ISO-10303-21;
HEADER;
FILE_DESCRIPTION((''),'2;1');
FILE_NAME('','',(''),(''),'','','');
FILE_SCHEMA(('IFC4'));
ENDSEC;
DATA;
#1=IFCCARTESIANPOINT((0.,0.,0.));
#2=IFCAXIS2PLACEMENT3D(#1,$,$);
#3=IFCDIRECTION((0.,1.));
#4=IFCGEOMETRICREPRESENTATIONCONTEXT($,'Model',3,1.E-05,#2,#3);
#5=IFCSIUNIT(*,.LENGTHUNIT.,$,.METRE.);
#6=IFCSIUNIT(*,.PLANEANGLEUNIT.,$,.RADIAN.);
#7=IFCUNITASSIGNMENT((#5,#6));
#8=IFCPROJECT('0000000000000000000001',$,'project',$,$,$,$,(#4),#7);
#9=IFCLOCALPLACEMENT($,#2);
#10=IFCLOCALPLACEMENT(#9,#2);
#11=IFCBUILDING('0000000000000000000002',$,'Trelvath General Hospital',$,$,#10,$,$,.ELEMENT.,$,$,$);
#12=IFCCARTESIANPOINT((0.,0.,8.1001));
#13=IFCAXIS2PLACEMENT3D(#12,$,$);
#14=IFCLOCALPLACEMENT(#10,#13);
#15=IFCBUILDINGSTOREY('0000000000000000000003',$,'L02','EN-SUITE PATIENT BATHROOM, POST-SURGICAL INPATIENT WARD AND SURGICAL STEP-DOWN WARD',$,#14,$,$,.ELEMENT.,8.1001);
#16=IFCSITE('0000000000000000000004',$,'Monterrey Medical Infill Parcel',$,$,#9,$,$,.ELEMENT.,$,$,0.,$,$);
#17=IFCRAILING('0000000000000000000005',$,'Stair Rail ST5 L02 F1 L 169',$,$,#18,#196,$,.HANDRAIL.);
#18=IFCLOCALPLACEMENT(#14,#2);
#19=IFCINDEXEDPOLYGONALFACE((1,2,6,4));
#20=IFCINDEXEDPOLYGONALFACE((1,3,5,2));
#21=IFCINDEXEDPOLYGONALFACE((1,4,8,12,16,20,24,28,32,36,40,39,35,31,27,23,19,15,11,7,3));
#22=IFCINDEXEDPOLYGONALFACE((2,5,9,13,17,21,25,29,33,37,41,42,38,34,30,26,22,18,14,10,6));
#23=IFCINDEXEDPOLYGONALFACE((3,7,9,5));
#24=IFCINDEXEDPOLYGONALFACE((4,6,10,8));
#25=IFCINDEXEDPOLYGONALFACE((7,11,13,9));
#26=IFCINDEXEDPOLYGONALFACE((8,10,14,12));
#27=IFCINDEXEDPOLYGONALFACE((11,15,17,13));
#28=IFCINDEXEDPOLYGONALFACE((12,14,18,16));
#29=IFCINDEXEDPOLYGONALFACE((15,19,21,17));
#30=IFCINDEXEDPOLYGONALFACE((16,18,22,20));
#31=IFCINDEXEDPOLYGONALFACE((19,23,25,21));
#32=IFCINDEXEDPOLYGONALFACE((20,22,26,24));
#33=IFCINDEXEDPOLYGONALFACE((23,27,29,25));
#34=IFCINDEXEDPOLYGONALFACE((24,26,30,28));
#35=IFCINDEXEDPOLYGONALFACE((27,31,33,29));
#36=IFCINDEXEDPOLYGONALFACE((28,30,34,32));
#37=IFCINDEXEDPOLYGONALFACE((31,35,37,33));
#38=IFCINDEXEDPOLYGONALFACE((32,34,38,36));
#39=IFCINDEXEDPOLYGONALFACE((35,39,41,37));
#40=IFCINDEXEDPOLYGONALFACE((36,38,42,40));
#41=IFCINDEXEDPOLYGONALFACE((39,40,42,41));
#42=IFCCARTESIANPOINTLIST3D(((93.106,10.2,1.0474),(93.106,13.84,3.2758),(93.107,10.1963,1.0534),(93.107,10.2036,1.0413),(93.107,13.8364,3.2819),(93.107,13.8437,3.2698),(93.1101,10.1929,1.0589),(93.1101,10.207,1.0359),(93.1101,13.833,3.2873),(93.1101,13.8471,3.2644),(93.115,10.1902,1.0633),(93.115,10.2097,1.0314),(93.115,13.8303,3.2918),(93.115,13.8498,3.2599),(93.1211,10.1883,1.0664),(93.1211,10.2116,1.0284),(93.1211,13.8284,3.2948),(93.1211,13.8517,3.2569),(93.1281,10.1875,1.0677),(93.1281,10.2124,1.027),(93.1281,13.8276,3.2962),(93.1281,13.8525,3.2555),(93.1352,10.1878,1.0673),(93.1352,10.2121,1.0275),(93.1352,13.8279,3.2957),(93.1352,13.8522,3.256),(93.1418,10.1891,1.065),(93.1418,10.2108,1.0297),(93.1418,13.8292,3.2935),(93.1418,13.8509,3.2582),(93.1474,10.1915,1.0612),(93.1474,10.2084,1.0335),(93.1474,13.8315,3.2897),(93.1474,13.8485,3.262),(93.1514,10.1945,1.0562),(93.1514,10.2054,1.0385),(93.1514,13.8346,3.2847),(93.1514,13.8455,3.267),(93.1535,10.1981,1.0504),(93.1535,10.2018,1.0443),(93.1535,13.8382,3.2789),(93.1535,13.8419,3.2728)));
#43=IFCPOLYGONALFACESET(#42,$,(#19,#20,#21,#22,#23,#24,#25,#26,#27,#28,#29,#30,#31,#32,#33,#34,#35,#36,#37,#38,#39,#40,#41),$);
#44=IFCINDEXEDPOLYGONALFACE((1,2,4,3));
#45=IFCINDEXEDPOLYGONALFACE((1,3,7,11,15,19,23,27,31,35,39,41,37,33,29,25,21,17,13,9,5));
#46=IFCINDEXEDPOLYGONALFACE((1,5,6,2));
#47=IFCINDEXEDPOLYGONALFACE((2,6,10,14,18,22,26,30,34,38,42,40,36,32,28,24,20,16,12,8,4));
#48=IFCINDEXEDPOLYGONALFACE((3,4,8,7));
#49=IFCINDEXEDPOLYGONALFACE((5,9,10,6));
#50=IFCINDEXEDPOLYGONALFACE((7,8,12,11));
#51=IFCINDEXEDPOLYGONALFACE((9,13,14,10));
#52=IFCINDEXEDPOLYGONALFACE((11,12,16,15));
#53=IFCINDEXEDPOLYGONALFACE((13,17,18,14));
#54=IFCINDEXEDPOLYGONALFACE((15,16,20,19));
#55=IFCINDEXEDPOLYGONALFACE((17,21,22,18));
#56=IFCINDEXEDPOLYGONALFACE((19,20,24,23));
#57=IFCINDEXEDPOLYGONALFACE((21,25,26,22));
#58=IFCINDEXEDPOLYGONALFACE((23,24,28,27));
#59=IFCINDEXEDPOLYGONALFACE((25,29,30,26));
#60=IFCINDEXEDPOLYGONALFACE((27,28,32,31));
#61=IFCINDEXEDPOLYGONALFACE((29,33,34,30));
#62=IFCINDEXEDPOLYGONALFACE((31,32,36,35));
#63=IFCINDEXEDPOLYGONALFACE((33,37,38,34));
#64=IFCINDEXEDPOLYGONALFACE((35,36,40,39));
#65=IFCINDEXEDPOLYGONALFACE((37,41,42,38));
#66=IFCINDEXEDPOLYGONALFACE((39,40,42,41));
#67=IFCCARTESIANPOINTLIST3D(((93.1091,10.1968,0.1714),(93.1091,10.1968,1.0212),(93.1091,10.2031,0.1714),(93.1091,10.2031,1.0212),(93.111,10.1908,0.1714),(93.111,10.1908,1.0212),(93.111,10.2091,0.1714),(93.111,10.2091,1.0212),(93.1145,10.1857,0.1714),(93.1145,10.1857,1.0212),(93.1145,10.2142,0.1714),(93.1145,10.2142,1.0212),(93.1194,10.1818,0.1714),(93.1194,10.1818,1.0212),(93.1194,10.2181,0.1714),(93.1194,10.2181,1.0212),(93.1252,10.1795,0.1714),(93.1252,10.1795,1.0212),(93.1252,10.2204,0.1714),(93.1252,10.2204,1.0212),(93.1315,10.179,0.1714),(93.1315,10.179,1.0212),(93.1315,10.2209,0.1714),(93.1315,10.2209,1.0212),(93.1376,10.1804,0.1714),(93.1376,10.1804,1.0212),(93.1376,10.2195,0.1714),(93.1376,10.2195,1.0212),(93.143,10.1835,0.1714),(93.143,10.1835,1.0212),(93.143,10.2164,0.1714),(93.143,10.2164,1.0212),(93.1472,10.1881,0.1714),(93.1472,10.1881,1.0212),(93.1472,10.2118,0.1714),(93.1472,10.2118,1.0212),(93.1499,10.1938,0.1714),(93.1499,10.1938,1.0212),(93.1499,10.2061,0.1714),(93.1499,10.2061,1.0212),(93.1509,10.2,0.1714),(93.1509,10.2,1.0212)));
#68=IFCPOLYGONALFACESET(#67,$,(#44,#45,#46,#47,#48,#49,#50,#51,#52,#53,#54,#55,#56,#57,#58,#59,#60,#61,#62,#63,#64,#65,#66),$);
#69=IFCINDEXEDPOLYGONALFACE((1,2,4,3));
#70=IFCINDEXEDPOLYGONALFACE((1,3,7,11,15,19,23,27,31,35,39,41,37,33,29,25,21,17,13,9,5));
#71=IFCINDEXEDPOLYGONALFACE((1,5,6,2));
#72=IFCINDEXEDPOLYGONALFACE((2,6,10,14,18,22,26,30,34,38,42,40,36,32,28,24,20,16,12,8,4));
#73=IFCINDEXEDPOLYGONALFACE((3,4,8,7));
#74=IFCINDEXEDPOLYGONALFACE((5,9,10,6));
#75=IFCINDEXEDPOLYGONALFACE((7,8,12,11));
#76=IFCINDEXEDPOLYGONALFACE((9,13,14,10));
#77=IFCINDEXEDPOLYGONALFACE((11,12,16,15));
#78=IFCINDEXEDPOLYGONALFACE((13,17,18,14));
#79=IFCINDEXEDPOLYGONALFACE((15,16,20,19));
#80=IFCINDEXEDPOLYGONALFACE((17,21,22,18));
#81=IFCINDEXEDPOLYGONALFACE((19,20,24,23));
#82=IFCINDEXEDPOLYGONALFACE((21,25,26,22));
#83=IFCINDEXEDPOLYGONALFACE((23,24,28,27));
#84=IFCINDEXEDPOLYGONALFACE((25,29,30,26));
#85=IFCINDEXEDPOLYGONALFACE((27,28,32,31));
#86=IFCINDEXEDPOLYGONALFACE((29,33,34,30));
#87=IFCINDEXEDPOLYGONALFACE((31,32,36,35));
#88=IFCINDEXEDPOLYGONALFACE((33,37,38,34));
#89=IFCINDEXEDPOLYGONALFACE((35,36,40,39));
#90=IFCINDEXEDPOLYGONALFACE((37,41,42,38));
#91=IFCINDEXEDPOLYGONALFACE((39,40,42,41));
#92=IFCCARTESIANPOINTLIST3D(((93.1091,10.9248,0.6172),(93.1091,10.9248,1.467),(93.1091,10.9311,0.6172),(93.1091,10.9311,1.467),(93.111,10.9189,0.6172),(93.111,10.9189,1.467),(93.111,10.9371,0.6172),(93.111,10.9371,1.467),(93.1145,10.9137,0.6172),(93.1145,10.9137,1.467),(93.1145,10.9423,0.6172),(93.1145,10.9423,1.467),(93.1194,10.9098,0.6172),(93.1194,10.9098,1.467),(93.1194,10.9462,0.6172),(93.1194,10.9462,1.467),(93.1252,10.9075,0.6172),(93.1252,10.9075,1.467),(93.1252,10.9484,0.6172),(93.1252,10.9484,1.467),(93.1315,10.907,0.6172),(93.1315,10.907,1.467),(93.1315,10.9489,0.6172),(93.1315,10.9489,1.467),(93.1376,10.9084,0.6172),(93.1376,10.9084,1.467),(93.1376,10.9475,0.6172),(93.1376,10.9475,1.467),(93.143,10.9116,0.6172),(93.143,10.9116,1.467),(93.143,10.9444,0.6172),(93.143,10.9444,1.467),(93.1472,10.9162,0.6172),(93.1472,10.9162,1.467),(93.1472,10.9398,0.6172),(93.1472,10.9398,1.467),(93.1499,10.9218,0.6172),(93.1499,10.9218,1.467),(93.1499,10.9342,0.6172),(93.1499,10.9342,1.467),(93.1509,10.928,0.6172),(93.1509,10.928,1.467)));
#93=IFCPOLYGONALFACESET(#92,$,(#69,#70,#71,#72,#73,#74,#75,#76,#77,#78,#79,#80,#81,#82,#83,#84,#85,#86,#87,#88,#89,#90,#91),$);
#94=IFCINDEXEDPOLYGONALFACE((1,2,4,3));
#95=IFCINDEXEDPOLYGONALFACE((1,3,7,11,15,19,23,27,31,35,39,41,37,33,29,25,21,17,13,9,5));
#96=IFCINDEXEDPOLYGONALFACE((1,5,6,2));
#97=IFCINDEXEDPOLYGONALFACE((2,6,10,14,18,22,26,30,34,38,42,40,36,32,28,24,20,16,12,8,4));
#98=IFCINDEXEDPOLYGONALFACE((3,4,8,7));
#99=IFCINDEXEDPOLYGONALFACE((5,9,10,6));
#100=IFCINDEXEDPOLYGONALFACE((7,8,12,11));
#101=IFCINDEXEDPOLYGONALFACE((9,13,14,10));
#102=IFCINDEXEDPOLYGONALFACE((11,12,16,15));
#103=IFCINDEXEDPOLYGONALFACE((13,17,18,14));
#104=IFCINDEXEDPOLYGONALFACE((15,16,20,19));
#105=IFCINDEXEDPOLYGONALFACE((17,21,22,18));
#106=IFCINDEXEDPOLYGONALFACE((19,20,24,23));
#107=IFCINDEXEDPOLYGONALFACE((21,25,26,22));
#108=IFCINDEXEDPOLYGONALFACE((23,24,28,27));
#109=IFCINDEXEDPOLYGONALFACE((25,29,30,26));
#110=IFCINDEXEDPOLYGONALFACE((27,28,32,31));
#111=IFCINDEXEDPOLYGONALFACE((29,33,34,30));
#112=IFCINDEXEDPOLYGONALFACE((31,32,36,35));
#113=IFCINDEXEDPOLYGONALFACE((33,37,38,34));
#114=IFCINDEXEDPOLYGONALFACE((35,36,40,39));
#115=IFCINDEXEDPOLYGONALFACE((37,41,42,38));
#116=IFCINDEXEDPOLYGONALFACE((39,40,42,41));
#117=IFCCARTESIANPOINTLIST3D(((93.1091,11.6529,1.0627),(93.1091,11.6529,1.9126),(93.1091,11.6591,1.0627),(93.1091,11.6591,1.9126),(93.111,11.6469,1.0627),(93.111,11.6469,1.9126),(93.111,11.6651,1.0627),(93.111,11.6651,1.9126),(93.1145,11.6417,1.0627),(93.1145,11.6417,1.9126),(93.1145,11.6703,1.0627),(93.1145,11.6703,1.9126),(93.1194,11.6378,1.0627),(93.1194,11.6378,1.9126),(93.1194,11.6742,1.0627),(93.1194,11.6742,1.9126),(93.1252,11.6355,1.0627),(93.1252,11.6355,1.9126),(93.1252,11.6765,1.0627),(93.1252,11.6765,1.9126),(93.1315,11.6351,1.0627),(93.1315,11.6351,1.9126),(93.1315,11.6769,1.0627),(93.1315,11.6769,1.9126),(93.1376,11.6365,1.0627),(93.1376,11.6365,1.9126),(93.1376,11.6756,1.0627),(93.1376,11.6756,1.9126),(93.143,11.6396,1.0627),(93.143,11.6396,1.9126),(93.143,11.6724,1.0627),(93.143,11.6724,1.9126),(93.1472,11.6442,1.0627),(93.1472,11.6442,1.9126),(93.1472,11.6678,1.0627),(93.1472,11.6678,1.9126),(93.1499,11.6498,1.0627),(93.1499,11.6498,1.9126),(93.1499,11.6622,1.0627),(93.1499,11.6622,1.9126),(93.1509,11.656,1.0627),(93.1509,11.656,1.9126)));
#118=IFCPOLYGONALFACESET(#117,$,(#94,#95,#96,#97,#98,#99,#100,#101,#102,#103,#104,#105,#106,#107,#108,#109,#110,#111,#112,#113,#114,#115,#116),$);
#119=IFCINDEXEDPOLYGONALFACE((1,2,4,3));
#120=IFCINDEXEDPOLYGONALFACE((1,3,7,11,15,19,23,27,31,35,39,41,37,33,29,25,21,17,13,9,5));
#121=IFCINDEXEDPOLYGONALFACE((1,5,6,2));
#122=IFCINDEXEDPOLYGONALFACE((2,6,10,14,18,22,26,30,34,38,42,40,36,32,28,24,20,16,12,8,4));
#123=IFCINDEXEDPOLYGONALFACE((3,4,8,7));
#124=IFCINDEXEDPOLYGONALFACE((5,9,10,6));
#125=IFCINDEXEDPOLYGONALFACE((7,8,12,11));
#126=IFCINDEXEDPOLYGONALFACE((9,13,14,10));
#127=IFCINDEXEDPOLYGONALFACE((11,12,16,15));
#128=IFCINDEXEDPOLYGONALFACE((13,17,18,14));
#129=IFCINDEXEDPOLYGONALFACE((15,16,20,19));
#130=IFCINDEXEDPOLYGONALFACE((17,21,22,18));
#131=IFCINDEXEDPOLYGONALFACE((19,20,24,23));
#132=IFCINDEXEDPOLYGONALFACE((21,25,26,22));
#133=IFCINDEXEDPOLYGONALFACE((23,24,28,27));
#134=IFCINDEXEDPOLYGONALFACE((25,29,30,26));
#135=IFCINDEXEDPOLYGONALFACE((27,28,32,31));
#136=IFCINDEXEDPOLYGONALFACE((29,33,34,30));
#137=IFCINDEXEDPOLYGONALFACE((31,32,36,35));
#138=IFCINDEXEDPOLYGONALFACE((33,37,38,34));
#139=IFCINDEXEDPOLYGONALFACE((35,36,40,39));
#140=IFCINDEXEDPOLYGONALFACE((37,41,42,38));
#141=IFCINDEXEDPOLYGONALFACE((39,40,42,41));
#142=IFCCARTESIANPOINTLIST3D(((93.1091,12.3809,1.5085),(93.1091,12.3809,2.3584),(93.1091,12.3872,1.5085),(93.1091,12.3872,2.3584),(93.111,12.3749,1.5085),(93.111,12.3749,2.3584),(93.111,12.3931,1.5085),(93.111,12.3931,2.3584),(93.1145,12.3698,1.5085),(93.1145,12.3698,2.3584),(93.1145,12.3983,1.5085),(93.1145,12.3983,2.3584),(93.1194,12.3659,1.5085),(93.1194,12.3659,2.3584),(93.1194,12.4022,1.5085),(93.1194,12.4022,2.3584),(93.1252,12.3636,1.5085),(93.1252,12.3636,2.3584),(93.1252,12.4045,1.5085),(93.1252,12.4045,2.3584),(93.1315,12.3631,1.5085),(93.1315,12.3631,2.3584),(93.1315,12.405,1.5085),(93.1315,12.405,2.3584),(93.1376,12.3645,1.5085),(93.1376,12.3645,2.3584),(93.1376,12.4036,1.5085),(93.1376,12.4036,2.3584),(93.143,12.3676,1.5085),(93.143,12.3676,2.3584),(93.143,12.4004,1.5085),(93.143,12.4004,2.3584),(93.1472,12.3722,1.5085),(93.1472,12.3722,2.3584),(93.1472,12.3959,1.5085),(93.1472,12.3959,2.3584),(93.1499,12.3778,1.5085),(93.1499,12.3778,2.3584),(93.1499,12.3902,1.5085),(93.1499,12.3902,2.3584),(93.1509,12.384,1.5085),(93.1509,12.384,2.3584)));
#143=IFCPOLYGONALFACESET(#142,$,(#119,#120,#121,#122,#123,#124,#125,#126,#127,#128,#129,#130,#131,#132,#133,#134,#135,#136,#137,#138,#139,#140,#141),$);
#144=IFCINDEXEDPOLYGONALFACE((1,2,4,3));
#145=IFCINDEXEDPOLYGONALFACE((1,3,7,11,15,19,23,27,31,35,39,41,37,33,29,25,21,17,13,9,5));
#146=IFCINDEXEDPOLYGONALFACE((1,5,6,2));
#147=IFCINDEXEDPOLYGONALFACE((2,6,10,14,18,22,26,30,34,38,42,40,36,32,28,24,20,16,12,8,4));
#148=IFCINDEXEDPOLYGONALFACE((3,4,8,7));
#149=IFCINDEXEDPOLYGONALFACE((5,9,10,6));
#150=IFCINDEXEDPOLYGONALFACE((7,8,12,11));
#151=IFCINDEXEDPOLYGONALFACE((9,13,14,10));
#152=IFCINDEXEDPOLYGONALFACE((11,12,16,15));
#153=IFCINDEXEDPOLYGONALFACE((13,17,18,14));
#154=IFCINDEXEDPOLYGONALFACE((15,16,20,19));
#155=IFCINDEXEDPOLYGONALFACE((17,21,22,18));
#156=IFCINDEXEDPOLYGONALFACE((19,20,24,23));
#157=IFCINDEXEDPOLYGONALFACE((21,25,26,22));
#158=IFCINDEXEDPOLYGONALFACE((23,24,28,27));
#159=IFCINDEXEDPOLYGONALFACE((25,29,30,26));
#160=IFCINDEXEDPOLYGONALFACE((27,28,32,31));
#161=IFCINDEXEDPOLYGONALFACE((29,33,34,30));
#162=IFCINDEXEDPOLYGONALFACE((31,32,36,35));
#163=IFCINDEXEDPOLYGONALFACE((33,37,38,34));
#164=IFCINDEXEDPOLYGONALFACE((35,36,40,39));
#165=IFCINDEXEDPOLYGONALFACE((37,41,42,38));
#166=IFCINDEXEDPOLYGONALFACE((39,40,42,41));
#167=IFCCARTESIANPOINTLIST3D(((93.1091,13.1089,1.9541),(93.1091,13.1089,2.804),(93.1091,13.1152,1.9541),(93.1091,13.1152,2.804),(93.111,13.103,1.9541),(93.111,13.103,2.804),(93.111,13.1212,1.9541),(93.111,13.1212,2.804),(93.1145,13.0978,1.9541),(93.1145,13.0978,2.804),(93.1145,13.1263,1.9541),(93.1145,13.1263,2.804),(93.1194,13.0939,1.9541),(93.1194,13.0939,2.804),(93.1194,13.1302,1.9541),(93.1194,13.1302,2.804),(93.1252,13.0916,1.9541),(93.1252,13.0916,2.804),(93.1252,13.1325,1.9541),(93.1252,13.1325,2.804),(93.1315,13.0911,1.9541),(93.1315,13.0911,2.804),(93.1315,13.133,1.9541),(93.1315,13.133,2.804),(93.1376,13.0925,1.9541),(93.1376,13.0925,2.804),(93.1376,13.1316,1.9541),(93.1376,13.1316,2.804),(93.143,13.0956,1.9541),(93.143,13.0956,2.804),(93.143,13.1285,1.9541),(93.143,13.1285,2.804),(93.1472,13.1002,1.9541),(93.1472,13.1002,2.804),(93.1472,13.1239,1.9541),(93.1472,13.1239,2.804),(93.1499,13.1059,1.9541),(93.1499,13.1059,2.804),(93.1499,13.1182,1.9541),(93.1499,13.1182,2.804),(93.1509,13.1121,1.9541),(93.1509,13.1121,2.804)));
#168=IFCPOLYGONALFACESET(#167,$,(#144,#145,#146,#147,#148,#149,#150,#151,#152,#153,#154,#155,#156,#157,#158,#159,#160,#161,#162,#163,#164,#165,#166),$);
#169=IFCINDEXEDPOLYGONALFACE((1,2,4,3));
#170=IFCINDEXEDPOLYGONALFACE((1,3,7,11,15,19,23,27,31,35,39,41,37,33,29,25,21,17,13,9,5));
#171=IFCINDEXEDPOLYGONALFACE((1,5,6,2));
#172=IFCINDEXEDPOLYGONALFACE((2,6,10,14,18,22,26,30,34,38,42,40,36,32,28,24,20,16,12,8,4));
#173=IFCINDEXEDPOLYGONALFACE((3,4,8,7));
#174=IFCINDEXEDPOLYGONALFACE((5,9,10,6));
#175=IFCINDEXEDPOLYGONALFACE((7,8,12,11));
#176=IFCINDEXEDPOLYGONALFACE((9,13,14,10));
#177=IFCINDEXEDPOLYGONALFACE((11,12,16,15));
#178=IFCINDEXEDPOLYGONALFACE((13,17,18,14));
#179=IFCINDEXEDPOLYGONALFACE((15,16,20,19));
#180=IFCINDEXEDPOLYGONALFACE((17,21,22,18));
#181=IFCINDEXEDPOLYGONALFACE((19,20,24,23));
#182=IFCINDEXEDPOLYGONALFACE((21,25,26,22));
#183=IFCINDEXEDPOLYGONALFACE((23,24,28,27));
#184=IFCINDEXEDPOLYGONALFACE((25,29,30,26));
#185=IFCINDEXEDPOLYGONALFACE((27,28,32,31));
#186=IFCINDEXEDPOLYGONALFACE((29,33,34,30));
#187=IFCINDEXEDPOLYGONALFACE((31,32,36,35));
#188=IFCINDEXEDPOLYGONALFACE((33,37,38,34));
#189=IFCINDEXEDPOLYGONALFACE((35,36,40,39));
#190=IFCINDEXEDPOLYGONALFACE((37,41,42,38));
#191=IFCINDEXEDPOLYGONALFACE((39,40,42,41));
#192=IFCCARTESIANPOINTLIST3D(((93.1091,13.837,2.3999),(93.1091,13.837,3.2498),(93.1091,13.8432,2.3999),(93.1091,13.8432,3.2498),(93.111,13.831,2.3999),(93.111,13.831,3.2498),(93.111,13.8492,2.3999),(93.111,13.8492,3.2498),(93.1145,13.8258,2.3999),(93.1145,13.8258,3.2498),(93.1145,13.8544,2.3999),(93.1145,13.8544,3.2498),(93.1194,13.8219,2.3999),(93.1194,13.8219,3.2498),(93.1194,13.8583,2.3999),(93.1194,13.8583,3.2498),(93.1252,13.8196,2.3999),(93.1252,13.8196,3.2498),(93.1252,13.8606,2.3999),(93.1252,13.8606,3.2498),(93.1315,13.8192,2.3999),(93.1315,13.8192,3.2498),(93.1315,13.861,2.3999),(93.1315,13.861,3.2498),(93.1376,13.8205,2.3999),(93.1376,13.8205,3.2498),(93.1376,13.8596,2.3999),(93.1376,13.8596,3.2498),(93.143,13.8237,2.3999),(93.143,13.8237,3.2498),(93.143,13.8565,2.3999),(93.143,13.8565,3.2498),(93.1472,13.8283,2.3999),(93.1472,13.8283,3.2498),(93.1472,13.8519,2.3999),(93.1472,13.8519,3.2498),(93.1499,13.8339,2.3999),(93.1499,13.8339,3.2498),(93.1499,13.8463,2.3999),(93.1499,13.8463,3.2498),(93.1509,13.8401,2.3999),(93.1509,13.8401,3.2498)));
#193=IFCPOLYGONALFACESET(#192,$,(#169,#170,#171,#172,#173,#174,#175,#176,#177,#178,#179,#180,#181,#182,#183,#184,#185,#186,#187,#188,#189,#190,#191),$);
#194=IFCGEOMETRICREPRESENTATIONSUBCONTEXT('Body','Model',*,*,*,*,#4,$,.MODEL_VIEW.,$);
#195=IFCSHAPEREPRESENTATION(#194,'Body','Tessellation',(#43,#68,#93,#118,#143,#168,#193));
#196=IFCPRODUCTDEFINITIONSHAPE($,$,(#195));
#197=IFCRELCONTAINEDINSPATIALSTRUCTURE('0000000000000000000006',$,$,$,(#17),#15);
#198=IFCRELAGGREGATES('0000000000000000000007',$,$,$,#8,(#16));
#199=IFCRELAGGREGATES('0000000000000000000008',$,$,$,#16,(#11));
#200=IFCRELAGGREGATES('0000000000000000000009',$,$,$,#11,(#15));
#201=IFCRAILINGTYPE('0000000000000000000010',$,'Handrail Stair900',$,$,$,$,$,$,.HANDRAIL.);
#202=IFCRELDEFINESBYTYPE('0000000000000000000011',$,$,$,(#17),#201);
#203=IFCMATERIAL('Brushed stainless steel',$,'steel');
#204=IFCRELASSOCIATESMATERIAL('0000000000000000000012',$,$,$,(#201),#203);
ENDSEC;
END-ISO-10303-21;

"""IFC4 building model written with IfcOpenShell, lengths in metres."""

from ifc_helpers import new_model, si_unit, direction, frame, origin, origin_2d, place, context, subcontext, project, spatial, circle, extrude, material, type_object, element, save


model = new_model("IFC4")

# Units and contexts
model_context = context("Model", 3, precision=1e-05, world=origin(), true_north=direction((0.0, 1.0)))
body_context = subcontext(model_context, "Body", "Model", "MODEL_VIEW")
ifc_project = project(units=[si_unit("LENGTHUNIT", "METRE"), si_unit("PLANEANGLEUNIT", "RADIAN")], contexts=[model_context])

# Site, building, storey
site_placement = place(None, origin())
site = spatial("IfcSite", under=ifc_project, at=site_placement, Name="Monterrey Medical Infill Parcel", CompositionType="ELEMENT", RefElevation=0.0)
building_placement = place(site_placement, origin())
building = spatial("IfcBuilding", under=site, at=building_placement, Name="Trelvath General Hospital", CompositionType="ELEMENT")
storey_placement = place(building_placement, frame((0.0, 0.0, 8.1001)))
storey = spatial("IfcBuildingStorey", under=building, at=storey_placement, Name="L02", Description="EN-SUITE PATIENT BATHROOM, POST-SURGICAL INPATIENT WARD AND SURGICAL STEP-DOWN WARD", CompositionType="ELEMENT", Elevation=8.1001)

# Railing
ifc_material_1 = material(Name="Brushed stainless steel", Category="steel")
railing_type = type_object("IfcRailingType", Name="Handrail Stair900", PredefinedType="HANDRAIL", material=ifc_material_1)
railing_placement = place(storey_placement, frame((93.1299, 10.2, 0.1714)))
element("IfcRailing", 1, at=railing_placement, inside=storey, type_object=railing_type, Name="Stair Rail ST5 L02 F1 L 169", PredefinedType="HANDRAIL", context=body_context, shape_type="SweptSolid", body=[
    extrude(circle(Radius=0.0239, at=origin_2d()), frame((0.0, 0.0, 0.876), z_axis=(0.0, 0.852866, 0.52213), x_axis=(-1.0, 0.0, 0.0)), (0.0, 0.0, 1.0), 4.2681),
    extrude(circle(Radius=0.021, at=origin_2d()), origin(), (0.0, 0.0, 1.0), 0.8499),
    extrude(circle(Radius=0.021, at=origin_2d()), frame((0.0, 0.728, 0.4458)), (0.0, 0.0, 1.0), 0.8499),
    extrude(circle(Radius=0.021, at=origin_2d()), frame((0.0, 1.4561, 0.8914)), (0.0, 0.0, 1.0), 0.8499),
    extrude(circle(Radius=0.021, at=origin_2d()), frame((0.0, 2.1841, 1.3372)), (0.0, 0.0, 1.0), 0.8499),
    extrude(circle(Radius=0.021, at=origin_2d()), frame((0.0, 2.9121, 1.7827)), (0.0, 0.0, 1.0), 0.8499),
    extrude(circle(Radius=0.021, at=origin_2d()), frame((0.0, 3.6401, 2.2285)), (0.0, 0.0, 1.0), 0.8499),
])

save(model, "model.ifc")
